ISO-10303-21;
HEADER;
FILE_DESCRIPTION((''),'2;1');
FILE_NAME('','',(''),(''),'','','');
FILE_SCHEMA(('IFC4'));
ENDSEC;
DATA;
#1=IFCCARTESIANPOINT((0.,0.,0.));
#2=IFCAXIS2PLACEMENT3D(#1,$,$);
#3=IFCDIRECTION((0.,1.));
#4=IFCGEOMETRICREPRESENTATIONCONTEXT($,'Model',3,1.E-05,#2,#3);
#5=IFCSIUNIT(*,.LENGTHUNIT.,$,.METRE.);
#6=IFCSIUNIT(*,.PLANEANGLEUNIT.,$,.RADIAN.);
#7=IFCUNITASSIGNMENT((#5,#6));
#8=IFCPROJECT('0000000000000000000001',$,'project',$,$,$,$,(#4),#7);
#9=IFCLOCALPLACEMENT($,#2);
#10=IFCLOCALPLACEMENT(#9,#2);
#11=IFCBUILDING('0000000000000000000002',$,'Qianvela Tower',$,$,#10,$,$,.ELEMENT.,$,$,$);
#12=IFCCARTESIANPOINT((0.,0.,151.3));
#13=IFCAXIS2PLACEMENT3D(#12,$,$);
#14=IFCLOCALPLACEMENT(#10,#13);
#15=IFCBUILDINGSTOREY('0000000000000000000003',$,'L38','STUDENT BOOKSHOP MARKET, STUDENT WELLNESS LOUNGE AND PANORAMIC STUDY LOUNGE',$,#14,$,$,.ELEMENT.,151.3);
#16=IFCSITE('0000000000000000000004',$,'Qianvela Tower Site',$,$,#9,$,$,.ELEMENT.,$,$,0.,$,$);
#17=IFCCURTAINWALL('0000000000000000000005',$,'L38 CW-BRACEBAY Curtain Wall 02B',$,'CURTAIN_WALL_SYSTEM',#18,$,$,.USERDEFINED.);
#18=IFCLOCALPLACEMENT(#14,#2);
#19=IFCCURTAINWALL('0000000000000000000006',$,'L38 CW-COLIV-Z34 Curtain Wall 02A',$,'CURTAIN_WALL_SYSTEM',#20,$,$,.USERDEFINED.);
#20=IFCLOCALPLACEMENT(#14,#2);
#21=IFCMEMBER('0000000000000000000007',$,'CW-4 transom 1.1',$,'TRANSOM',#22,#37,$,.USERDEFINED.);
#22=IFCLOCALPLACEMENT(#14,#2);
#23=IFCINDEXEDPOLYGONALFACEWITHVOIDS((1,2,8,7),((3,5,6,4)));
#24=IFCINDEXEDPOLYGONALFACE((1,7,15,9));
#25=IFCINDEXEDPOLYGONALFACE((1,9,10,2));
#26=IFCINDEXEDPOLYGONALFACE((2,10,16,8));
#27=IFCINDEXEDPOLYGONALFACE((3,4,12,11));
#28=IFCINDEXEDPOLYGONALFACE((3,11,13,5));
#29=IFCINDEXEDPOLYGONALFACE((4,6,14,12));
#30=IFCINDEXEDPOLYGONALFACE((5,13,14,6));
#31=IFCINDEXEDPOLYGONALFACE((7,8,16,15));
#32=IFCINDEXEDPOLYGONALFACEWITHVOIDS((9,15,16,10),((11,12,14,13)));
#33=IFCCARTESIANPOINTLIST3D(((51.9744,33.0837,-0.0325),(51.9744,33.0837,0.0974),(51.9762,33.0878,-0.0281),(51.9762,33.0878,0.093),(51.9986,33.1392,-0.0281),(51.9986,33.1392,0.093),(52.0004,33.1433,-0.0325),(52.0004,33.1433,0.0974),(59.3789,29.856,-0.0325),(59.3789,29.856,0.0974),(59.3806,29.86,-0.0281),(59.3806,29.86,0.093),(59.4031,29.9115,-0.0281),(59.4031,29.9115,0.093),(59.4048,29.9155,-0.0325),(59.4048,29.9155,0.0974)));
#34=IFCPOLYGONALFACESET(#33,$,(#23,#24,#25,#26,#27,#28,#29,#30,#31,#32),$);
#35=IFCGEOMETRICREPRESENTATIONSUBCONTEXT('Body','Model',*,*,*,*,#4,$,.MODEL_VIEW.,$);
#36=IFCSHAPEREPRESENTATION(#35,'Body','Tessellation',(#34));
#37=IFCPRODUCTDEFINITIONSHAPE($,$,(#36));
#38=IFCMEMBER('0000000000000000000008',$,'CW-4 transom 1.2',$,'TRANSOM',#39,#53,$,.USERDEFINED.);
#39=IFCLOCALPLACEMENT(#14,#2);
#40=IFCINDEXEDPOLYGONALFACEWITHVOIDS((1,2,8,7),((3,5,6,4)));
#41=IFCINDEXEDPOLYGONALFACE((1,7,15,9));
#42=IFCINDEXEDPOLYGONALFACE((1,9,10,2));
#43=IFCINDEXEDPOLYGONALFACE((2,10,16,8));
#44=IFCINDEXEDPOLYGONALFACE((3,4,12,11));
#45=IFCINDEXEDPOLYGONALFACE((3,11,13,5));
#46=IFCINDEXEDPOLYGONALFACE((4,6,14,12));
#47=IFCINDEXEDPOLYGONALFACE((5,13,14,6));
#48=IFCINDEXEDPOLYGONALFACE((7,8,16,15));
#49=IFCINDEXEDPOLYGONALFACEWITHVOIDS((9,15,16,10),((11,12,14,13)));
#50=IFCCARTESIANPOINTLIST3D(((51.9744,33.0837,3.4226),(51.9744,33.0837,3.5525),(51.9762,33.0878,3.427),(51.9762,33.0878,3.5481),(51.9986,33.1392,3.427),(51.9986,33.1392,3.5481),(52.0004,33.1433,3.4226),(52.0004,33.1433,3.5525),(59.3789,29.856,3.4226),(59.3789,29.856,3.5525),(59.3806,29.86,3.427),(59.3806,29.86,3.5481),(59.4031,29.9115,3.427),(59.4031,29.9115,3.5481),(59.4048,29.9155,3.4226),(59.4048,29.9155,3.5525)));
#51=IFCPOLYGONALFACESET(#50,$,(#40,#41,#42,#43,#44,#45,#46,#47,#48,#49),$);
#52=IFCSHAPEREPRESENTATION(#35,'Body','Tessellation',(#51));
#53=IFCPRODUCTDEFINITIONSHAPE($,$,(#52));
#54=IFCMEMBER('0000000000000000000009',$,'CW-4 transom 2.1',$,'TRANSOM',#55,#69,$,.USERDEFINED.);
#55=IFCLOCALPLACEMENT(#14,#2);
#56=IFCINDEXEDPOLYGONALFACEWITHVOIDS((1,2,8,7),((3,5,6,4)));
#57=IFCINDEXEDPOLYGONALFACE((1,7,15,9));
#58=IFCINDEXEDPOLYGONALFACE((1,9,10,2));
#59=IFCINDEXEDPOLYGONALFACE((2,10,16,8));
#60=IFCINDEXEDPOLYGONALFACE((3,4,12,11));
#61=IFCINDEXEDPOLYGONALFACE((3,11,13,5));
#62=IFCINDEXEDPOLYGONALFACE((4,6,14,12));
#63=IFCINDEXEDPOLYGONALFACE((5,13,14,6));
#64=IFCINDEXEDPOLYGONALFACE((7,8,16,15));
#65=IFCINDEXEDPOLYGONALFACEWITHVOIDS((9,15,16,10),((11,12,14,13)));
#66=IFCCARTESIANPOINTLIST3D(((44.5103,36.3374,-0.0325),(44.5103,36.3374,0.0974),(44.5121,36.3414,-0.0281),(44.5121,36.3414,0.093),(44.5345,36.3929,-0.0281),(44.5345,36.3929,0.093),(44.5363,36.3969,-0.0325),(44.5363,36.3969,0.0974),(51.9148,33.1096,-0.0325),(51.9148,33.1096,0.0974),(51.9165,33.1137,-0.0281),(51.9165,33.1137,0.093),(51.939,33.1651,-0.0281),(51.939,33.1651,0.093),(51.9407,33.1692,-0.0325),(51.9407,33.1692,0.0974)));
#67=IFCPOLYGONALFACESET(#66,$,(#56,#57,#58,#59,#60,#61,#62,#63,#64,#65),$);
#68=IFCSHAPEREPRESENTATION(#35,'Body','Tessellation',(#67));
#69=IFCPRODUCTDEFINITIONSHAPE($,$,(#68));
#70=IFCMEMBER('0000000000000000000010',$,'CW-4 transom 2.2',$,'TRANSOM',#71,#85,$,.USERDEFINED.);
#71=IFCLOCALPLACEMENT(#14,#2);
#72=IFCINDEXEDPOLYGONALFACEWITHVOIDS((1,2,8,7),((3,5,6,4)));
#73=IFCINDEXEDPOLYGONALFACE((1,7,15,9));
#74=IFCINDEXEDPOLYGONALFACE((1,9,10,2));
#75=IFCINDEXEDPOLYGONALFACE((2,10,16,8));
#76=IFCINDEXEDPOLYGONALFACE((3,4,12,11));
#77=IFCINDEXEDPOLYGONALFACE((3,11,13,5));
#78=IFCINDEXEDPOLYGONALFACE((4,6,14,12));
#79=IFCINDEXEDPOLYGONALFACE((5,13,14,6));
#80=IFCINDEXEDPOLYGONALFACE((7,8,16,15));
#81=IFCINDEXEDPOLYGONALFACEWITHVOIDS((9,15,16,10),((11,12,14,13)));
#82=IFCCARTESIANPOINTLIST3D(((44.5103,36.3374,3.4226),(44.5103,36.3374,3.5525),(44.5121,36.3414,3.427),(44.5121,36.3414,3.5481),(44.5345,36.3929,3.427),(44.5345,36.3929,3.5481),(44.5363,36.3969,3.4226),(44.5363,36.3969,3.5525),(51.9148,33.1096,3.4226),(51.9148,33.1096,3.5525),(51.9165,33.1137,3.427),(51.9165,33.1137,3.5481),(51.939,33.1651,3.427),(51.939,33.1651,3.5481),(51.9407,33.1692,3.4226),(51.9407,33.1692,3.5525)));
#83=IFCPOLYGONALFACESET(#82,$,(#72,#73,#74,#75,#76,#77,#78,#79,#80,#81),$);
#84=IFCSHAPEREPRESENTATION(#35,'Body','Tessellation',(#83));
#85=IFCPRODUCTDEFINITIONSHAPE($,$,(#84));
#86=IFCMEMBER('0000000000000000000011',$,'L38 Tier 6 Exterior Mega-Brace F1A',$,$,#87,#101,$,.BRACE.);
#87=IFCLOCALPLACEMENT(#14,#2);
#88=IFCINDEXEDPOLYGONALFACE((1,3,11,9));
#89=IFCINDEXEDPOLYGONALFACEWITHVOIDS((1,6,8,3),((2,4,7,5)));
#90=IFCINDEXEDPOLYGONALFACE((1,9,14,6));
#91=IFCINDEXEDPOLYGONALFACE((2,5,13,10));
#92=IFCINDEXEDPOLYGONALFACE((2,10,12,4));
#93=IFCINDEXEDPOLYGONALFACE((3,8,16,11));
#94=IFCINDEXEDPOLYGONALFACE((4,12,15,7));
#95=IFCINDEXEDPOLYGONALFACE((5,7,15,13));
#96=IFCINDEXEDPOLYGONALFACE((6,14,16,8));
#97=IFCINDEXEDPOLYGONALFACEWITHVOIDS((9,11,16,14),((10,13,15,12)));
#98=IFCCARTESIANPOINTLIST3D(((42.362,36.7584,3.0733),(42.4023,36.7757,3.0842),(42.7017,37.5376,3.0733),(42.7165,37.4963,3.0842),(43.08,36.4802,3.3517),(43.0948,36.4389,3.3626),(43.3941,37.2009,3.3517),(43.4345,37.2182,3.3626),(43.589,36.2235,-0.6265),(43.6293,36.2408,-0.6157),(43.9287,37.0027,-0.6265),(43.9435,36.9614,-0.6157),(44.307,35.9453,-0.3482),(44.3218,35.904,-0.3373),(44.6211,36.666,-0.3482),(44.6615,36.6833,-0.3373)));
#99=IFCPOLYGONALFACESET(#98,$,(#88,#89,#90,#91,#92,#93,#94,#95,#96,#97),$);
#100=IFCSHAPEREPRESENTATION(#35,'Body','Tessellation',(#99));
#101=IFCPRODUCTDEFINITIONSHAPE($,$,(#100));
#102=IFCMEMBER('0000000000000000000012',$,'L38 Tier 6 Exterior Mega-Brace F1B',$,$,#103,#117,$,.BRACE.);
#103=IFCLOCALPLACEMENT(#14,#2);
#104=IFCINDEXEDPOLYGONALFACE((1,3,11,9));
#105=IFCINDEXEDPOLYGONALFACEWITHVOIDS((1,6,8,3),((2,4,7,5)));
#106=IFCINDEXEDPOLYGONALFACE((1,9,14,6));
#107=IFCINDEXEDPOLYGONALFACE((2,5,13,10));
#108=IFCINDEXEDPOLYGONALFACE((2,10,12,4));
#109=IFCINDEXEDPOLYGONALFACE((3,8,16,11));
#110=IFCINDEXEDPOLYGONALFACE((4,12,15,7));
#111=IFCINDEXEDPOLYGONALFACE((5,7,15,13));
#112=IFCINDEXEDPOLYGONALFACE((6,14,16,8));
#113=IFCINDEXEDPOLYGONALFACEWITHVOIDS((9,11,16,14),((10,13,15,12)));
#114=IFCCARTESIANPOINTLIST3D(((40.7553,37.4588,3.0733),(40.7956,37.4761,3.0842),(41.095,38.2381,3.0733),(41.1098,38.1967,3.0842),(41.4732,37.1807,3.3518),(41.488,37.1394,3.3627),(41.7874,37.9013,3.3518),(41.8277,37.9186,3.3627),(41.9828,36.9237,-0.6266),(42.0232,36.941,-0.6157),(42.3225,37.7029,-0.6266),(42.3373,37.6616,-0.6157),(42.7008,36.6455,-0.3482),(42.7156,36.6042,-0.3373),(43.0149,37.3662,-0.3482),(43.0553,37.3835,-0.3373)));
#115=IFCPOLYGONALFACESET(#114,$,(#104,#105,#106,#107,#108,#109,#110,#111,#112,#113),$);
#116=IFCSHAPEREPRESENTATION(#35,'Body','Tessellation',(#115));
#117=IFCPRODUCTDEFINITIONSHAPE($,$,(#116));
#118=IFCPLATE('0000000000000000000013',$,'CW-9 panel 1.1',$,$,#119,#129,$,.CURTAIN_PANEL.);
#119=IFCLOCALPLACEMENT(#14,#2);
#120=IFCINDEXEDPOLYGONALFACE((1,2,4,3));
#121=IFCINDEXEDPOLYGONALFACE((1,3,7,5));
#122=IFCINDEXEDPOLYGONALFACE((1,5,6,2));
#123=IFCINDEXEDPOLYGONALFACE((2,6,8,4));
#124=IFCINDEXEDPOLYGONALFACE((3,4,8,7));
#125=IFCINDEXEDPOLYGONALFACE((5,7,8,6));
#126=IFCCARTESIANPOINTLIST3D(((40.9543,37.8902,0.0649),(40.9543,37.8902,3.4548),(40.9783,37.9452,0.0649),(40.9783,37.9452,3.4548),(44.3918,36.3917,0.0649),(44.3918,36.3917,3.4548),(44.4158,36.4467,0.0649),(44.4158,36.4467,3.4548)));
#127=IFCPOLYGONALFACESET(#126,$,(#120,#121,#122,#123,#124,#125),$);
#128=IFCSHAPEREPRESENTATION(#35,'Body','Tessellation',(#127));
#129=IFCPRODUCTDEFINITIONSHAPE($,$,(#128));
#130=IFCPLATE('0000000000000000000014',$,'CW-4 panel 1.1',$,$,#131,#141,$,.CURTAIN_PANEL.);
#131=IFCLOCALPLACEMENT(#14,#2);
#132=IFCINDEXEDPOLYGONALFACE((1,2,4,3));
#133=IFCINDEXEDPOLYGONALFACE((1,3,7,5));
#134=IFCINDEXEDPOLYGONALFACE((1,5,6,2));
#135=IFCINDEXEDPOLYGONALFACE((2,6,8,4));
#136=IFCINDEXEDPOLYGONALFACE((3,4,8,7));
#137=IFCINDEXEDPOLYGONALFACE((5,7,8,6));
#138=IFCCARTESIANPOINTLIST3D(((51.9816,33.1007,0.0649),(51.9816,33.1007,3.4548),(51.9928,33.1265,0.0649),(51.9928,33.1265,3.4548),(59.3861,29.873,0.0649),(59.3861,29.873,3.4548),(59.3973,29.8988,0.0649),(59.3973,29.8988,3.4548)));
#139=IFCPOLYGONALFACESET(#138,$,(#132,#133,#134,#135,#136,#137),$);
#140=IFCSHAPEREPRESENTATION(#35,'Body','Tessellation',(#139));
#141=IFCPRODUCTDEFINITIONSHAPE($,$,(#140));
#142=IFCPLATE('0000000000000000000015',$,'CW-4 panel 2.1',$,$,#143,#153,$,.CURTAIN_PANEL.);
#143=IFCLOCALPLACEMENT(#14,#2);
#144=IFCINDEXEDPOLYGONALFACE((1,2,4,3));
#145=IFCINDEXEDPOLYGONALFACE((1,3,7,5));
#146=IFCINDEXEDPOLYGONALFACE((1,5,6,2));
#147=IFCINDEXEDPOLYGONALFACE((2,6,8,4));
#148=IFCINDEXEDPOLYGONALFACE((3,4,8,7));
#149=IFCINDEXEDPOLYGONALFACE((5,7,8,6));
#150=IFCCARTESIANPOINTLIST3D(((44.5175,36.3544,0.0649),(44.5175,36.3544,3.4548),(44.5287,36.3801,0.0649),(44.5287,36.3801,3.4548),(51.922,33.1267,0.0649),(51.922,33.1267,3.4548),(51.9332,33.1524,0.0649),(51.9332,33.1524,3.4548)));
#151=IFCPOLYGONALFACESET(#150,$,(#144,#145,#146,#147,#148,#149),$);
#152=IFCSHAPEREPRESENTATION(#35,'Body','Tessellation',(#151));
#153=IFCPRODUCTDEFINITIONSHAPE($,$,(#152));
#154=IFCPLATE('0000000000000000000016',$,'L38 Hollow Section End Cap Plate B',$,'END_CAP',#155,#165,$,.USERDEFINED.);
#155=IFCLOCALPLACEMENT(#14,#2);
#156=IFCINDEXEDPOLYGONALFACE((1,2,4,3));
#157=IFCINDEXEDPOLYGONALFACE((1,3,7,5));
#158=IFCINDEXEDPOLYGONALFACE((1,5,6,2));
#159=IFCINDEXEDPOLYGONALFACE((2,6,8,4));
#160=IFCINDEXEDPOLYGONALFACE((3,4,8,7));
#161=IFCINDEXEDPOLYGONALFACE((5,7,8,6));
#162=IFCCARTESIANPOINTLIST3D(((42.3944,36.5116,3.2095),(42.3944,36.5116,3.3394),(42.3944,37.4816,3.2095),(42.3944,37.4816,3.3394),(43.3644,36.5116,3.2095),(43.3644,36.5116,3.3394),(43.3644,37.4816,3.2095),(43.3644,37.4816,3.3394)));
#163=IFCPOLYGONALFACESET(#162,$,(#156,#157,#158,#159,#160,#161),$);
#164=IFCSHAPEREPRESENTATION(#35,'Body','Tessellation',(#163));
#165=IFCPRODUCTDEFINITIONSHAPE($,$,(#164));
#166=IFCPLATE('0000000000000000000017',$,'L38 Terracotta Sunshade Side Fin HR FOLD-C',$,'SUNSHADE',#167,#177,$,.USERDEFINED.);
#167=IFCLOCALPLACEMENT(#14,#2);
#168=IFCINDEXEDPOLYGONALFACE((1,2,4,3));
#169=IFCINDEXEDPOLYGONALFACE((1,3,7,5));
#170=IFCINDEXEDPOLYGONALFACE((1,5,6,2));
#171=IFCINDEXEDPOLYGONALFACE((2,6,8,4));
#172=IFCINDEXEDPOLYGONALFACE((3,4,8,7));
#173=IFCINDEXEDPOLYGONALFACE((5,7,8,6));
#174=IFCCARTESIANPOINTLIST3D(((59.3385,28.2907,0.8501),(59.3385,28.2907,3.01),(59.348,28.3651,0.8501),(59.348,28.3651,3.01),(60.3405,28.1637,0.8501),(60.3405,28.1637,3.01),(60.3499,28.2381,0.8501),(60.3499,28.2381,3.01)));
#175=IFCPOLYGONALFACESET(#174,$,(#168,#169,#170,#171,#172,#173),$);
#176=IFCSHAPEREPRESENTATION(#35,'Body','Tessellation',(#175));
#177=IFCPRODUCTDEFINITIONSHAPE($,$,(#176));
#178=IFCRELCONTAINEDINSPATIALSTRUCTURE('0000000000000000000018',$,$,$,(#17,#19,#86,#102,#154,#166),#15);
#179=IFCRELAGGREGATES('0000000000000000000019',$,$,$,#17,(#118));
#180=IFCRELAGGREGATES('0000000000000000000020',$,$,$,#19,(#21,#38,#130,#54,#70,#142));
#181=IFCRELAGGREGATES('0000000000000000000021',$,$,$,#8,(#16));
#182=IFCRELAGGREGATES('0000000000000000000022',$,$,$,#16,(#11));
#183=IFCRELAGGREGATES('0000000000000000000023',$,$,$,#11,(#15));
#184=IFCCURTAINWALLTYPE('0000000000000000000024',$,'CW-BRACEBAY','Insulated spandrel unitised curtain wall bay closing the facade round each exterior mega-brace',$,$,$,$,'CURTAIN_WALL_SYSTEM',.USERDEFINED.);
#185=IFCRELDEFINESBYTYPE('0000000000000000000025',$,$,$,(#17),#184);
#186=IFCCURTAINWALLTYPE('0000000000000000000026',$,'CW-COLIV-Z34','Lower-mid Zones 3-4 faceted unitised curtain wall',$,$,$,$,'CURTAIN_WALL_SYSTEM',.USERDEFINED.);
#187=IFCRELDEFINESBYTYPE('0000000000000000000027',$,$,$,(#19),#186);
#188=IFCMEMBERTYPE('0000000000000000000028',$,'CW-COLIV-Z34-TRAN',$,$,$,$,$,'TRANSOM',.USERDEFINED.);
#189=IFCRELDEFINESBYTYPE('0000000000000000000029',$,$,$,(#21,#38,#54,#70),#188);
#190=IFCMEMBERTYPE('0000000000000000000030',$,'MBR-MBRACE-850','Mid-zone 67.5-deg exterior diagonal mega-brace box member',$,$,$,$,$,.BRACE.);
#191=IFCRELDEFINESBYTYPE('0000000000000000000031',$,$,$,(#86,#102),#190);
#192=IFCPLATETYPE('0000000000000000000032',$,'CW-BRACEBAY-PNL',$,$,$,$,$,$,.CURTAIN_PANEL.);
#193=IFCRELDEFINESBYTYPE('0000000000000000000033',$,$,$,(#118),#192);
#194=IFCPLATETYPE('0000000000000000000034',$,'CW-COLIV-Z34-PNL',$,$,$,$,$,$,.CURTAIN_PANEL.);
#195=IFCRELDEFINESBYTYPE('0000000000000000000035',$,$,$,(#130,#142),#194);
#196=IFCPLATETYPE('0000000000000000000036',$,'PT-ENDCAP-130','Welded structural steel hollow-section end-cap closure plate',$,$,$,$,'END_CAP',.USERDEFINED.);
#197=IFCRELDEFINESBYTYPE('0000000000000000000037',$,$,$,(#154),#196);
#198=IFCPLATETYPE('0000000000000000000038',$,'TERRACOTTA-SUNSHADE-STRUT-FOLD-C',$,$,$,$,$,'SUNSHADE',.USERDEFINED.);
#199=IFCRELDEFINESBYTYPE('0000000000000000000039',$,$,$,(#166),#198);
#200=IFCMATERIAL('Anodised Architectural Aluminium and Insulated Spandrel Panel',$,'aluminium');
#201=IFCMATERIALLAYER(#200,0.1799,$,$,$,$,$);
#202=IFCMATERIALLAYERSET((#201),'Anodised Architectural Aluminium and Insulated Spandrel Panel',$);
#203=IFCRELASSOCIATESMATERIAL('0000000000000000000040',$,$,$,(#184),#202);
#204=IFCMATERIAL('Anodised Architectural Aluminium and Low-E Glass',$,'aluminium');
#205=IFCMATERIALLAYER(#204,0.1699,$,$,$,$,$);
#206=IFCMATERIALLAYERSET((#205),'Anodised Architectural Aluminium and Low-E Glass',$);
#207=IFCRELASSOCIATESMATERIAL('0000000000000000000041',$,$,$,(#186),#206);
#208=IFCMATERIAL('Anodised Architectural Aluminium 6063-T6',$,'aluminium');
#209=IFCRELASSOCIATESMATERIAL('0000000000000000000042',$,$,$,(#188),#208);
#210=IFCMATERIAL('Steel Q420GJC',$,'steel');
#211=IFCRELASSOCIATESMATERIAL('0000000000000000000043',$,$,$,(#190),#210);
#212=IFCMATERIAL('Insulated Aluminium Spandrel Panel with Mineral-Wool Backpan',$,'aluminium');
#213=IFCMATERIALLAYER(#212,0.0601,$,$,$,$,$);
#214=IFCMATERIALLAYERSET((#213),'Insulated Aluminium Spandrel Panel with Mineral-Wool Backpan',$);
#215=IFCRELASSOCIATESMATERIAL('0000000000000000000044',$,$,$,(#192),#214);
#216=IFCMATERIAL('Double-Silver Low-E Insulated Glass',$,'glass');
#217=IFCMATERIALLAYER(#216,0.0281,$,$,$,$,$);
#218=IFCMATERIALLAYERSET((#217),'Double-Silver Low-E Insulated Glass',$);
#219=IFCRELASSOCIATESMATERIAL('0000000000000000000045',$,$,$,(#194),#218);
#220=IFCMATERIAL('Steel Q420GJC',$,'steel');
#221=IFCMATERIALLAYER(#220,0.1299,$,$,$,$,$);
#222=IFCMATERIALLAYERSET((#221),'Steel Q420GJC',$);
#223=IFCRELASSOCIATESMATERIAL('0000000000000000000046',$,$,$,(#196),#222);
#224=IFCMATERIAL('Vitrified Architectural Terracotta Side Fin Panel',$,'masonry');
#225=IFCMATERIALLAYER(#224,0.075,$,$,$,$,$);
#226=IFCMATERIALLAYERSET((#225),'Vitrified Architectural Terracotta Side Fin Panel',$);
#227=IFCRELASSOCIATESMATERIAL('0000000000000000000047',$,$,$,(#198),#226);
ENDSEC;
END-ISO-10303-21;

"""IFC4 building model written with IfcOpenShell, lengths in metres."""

from ifc_helpers import new_model, si_unit, direction, frame, origin, origin_2d, place, context, subcontext, project, spatial, rectangle, hollow_rectangle, extrude, material, layer, layer_set, material_profile, profile_set, type_object, element, aggregate, save


model = new_model("IFC4")

# Units and contexts
model_context = context("Model", 3, precision=1e-05, world=origin(), true_north=direction((0.0, 1.0)))
body_context = subcontext(model_context, "Body", "Model", "MODEL_VIEW")
ifc_project = project(units=[si_unit("LENGTHUNIT", "METRE"), si_unit("PLANEANGLEUNIT", "RADIAN")], contexts=[model_context])

# Site, building, storey
site_placement = place(None, origin())
site = spatial("IfcSite", under=ifc_project, at=site_placement, Name="Qianvela Tower Site", CompositionType="ELEMENT", RefElevation=0.0)
building_placement = place(site_placement, origin())
building = spatial("IfcBuilding", under=site, at=building_placement, Name="Qianvela Tower", CompositionType="ELEMENT")
storey_placement = place(building_placement, frame((0.0, 0.0, 151.3)))
storey = spatial("IfcBuildingStorey", under=building, at=storey_placement, Name="L38", Description="STUDENT BOOKSHOP MARKET, STUDENT WELLNESS LOUNGE AND PANORAMIC STUDY LOUNGE", CompositionType="ELEMENT", Elevation=151.3)

# Curtain walls, members
ifc_material_1 = material(Name="Anodised Architectural Aluminium and Insulated Spandrel Panel", Category="aluminium")
ifc_layer_1 = layer(ifc_material_1, 0.1799)
ifc_layer_set_1 = layer_set([ifc_layer_1], Name="Anodised Architectural Aluminium and Insulated Spandrel Panel")
curtain_wall_type_1 = type_object("IfcCurtainWallType", Name="CW-BRACEBAY", Description="Insulated spandrel unitised curtain wall bay closing the facade round each exterior mega-brace", ElementType="CURTAIN_WALL_SYSTEM", PredefinedType="USERDEFINED", material=ifc_layer_set_1)
curtain_wall_1_placement = place(storey_placement, origin())
curtain_wall_1 = element("IfcCurtainWall", 1, at=curtain_wall_1_placement, inside=storey, type_object=curtain_wall_type_1, Name="L38 CW-BRACEBAY Curtain Wall 02B", ObjectType="CURTAIN_WALL_SYSTEM", PredefinedType="USERDEFINED")
ifc_material_2 = material(Name="Anodised Architectural Aluminium and Low-E Glass", Category="aluminium")
ifc_layer_2 = layer(ifc_material_2, 0.1699)
ifc_layer_set_2 = layer_set([ifc_layer_2], Name="Anodised Architectural Aluminium and Low-E Glass")
curtain_wall_type_2 = type_object("IfcCurtainWallType", Name="CW-COLIV-Z34", Description="Lower-mid Zones 3-4 faceted unitised curtain wall", ElementType="CURTAIN_WALL_SYSTEM", PredefinedType="USERDEFINED", material=ifc_layer_set_2)
curtain_wall_2_placement = place(storey_placement, origin())
curtain_wall_2 = element("IfcCurtainWall", 2, at=curtain_wall_2_placement, inside=storey, type_object=curtain_wall_type_2, Name="L38 CW-COLIV-Z34 Curtain Wall 02A", ObjectType="CURTAIN_WALL_SYSTEM", PredefinedType="USERDEFINED")
ifc_material_3 = material(Name="Anodised Architectural Aluminium 6063-T6", Category="aluminium")
ifc_material_profile_1 = material_profile(ifc_material_3, hollow_rectangle(XDim=0.0649, YDim=0.1299, WallThickness=0.0044, at=origin_2d()), Name="ALU-TRAN-65x130")
ifc_profile_set_1 = profile_set([ifc_material_profile_1], Name="Anodised Architectural Aluminium 6063-T6")
member_type_1 = type_object("IfcMemberType", Name="CW-COLIV-Z34-TRAN", ElementType="TRANSOM", PredefinedType="USERDEFINED", material=ifc_profile_set_1)
member_1_placement = place(storey_placement, frame((59.3918, 29.8857, 0.0325), z_axis=(-0.916689, 0.399602, 0.0), x_axis=(-0.399602, -0.916689, 0.0)))
member_1 = element("IfcMember", 3, at=member_1_placement, type_object=member_type_1, Name="CW-4 transom 1.1", ObjectType="TRANSOM", PredefinedType="USERDEFINED", context=body_context, shape_type="SweptSolid", body=[
    extrude(hollow_rectangle(XDim=0.0649, YDim=0.1299, WallThickness=0.0044, at=origin_2d()), origin(), (0.0, 0.0, 1.0), 8.0774),
])
member_2_placement = place(storey_placement, frame((59.3918, 29.8857, 3.4875), z_axis=(-0.916689, 0.399602, 0.0), x_axis=(-0.399602, -0.916689, 0.0)))
member_2 = element("IfcMember", 4, at=member_2_placement, type_object=member_type_1, Name="CW-4 transom 1.2", ObjectType="TRANSOM", PredefinedType="USERDEFINED", context=body_context, shape_type="SweptSolid", body=[
    extrude(hollow_rectangle(XDim=0.0649, YDim=0.1299, WallThickness=0.0044, at=origin_2d()), origin(), (0.0, 0.0, 1.0), 8.0774),
])
member_3_placement = place(storey_placement, frame((51.9277, 33.1394, 0.0325), z_axis=(-0.916689, 0.399602, 0.0), x_axis=(-0.399602, -0.916689, 0.0)))
member_3 = element("IfcMember", 5, at=member_3_placement, type_object=member_type_1, Name="CW-4 transom 2.1", ObjectType="TRANSOM", PredefinedType="USERDEFINED", context=body_context, shape_type="SweptSolid", body=[
    extrude(hollow_rectangle(XDim=0.0649, YDim=0.1299, WallThickness=0.0044, at=origin_2d()), origin(), (0.0, 0.0, 1.0), 8.0774),
])
member_4_placement = place(storey_placement, frame((51.9277, 33.1394, 3.4875), z_axis=(-0.916689, 0.399602, 0.0), x_axis=(-0.399602, -0.916689, 0.0)))
member_4 = element("IfcMember", 6, at=member_4_placement, type_object=member_type_1, Name="CW-4 transom 2.2", ObjectType="TRANSOM", PredefinedType="USERDEFINED", context=body_context, shape_type="SweptSolid", body=[
    extrude(hollow_rectangle(XDim=0.0649, YDim=0.1299, WallThickness=0.0044, at=origin_2d()), origin(), (0.0, 0.0, 1.0), 8.0774),
])

# Members
ifc_material_4 = material(Name="Steel Q420GJC", Category="steel")
ifc_material_profile_2 = material_profile(ifc_material_4, hollow_rectangle(XDim=0.8501, YDim=0.8501, WallThickness=0.032, at=origin_2d()), Name="MBOX-850x850x32")
ifc_profile_set_2 = profile_set([ifc_material_profile_2], Name="Steel Q420GJC")
member_type_2 = type_object("IfcMemberType", Name="MBR-MBRACE-850", Description="Mid-zone 67.5-deg exterior diagonal mega-brace box member", PredefinedType="BRACE", material=ifc_profile_set_2)
member_5_placement = place(storey_placement, frame((44.1252, 36.4534, -0.4819), z_axis=(-0.311858, 0.135949, 0.940352), x_axis=(-0.399613, -0.916684, 0.0)))
element("IfcMember", 7, at=member_5_placement, inside=storey, type_object=member_type_2, Name="L38 Tier 6 Exterior Mega-Brace F1A", PredefinedType="BRACE", context=body_context, shape_type="SweptSolid", body=[
    extrude(hollow_rectangle(XDim=0.8501, YDim=0.8501, WallThickness=0.032, at=origin_2d()), origin(), (0.0, 0.0, 1.0), 3.9346),
])
member_6_placement = place(storey_placement, frame((42.519, 37.1536, -0.4819), z_axis=(-0.311968, 0.136005, 0.940308), x_axis=(-0.399633, -0.916675, 0.0)))
element("IfcMember", 8, at=member_6_placement, inside=storey, type_object=member_type_2, Name="L38 Tier 6 Exterior Mega-Brace F1B", PredefinedType="BRACE", context=body_context, shape_type="SweptSolid", body=[
    extrude(hollow_rectangle(XDim=0.8501, YDim=0.8501, WallThickness=0.032, at=origin_2d()), origin(), (0.0, 0.0, 1.0), 3.9348),
])

# Plates
ifc_material_5 = material(Name="Insulated Aluminium Spandrel Panel with Mineral-Wool Backpan", Category="aluminium")
ifc_layer_3 = layer(ifc_material_5, 0.0601)
ifc_layer_set_3 = layer_set([ifc_layer_3], Name="Insulated Aluminium Spandrel Panel with Mineral-Wool Backpan")
plate_type_1 = type_object("IfcPlateType", Name="CW-BRACEBAY-PNL", PredefinedType="CURTAIN_PANEL", material=ifc_layer_set_3)
plate_1_placement = place(storey_placement, frame((42.6851, 37.1685, 0.0649), z_axis=(0.0, 0.0, 1.0), x_axis=(-0.916687, 0.399607, 0.0)))
plate_1 = element("IfcPlate", 9, at=plate_1_placement, type_object=plate_type_1, Name="CW-9 panel 1.1", PredefinedType="CURTAIN_PANEL", context=body_context, shape_type="SweptSolid", body=[
    extrude(rectangle(XDim=3.75, YDim=0.0601, at=origin_2d()), origin(), (0.0, 0.0, 1.0), 3.3899),
])
aggregate(curtain_wall_1, [plate_1])
ifc_material_6 = material(Name="Double-Silver Low-E Insulated Glass", Category="glass")
ifc_layer_4 = layer(ifc_material_6, 0.0281)
ifc_layer_set_4 = layer_set([ifc_layer_4], Name="Double-Silver Low-E Insulated Glass")
plate_type_2 = type_object("IfcPlateType", Name="CW-COLIV-Z34-PNL", PredefinedType="CURTAIN_PANEL", material=ifc_layer_set_4)
plate_2_placement = place(storey_placement, frame((55.6895, 31.4998, 0.0649), z_axis=(0.0, 0.0, 1.0), x_axis=(-0.916691, 0.399596, 0.0)))
plate_2 = element("IfcPlate", 10, at=plate_2_placement, type_object=plate_type_2, Name="CW-4 panel 1.1", PredefinedType="CURTAIN_PANEL", context=body_context, shape_type="SweptSolid", body=[
    extrude(rectangle(XDim=8.0774, YDim=0.0281, at=origin_2d()), origin(), (0.0, 0.0, 1.0), 3.3899),
])
plate_3_placement = place(storey_placement, frame((48.2253, 34.7534, 0.0649), z_axis=(0.0, 0.0, 1.0), x_axis=(-0.916691, 0.399596, 0.0)))
plate_3 = element("IfcPlate", 11, at=plate_3_placement, type_object=plate_type_2, Name="CW-4 panel 2.1", PredefinedType="CURTAIN_PANEL", context=body_context, shape_type="SweptSolid", body=[
    extrude(rectangle(XDim=8.0774, YDim=0.0281, at=origin_2d()), origin(), (0.0, 0.0, 1.0), 3.3899),
])
aggregate(curtain_wall_2, [member_1, member_2, plate_2, member_3, member_4, plate_3])

# Plates
ifc_material_7 = material(Name="Steel Q420GJC", Category="steel")
ifc_layer_5 = layer(ifc_material_7, 0.1299)
ifc_layer_set_5 = layer_set([ifc_layer_5], Name="Steel Q420GJC")
plate_type_3 = type_object("IfcPlateType", Name="PT-ENDCAP-130", Description="Welded structural steel hollow-section end-cap closure plate", ElementType="END_CAP", PredefinedType="USERDEFINED", material=ifc_layer_set_5)
plate_4_placement = place(storey_placement, frame((42.8794, 36.9966, 3.2095), z_axis=(0.0, 0.0, 1.0), x_axis=(1.0, 0.0, 0.0)))
element("IfcPlate", 12, at=plate_4_placement, inside=storey, type_object=plate_type_3, Name="L38 Hollow Section End Cap Plate B", ObjectType="END_CAP", PredefinedType="USERDEFINED", context=body_context, shape_type="SweptSolid", body=[
    extrude(rectangle(XDim=0.97, YDim=0.97, at=origin_2d()), origin(), (0.0, 0.0, 1.0), 0.1299),
])
ifc_material_8 = material(Name="Vitrified Architectural Terracotta Side Fin Panel", Category="masonry")
ifc_layer_6 = layer(ifc_material_8, 0.075)
ifc_layer_set_6 = layer_set([ifc_layer_6], Name="Vitrified Architectural Terracotta Side Fin Panel")
plate_type_4 = type_object("IfcPlateType", Name="TERRACOTTA-SUNSHADE-STRUT-FOLD-C", ElementType="SUNSHADE", PredefinedType="USERDEFINED", material=ifc_layer_set_6)
plate_5_placement = place(storey_placement, frame((59.8442, 28.2644, 0.8501), z_axis=(0.0, 0.0, 1.0), x_axis=(0.125728, 0.992065, 0.0)))
element("IfcPlate", 13, at=plate_5_placement, inside=storey, type_object=plate_type_4, Name="L38 Terracotta Sunshade Side Fin HR FOLD-C", ObjectType="SUNSHADE", PredefinedType="USERDEFINED", context=body_context, shape_type="SweptSolid", body=[
    extrude(rectangle(XDim=0.075, YDim=1.01, at=origin_2d()), origin(), (0.0, 0.0, 1.0), 2.1599),
])

save(model, "model.ifc")
